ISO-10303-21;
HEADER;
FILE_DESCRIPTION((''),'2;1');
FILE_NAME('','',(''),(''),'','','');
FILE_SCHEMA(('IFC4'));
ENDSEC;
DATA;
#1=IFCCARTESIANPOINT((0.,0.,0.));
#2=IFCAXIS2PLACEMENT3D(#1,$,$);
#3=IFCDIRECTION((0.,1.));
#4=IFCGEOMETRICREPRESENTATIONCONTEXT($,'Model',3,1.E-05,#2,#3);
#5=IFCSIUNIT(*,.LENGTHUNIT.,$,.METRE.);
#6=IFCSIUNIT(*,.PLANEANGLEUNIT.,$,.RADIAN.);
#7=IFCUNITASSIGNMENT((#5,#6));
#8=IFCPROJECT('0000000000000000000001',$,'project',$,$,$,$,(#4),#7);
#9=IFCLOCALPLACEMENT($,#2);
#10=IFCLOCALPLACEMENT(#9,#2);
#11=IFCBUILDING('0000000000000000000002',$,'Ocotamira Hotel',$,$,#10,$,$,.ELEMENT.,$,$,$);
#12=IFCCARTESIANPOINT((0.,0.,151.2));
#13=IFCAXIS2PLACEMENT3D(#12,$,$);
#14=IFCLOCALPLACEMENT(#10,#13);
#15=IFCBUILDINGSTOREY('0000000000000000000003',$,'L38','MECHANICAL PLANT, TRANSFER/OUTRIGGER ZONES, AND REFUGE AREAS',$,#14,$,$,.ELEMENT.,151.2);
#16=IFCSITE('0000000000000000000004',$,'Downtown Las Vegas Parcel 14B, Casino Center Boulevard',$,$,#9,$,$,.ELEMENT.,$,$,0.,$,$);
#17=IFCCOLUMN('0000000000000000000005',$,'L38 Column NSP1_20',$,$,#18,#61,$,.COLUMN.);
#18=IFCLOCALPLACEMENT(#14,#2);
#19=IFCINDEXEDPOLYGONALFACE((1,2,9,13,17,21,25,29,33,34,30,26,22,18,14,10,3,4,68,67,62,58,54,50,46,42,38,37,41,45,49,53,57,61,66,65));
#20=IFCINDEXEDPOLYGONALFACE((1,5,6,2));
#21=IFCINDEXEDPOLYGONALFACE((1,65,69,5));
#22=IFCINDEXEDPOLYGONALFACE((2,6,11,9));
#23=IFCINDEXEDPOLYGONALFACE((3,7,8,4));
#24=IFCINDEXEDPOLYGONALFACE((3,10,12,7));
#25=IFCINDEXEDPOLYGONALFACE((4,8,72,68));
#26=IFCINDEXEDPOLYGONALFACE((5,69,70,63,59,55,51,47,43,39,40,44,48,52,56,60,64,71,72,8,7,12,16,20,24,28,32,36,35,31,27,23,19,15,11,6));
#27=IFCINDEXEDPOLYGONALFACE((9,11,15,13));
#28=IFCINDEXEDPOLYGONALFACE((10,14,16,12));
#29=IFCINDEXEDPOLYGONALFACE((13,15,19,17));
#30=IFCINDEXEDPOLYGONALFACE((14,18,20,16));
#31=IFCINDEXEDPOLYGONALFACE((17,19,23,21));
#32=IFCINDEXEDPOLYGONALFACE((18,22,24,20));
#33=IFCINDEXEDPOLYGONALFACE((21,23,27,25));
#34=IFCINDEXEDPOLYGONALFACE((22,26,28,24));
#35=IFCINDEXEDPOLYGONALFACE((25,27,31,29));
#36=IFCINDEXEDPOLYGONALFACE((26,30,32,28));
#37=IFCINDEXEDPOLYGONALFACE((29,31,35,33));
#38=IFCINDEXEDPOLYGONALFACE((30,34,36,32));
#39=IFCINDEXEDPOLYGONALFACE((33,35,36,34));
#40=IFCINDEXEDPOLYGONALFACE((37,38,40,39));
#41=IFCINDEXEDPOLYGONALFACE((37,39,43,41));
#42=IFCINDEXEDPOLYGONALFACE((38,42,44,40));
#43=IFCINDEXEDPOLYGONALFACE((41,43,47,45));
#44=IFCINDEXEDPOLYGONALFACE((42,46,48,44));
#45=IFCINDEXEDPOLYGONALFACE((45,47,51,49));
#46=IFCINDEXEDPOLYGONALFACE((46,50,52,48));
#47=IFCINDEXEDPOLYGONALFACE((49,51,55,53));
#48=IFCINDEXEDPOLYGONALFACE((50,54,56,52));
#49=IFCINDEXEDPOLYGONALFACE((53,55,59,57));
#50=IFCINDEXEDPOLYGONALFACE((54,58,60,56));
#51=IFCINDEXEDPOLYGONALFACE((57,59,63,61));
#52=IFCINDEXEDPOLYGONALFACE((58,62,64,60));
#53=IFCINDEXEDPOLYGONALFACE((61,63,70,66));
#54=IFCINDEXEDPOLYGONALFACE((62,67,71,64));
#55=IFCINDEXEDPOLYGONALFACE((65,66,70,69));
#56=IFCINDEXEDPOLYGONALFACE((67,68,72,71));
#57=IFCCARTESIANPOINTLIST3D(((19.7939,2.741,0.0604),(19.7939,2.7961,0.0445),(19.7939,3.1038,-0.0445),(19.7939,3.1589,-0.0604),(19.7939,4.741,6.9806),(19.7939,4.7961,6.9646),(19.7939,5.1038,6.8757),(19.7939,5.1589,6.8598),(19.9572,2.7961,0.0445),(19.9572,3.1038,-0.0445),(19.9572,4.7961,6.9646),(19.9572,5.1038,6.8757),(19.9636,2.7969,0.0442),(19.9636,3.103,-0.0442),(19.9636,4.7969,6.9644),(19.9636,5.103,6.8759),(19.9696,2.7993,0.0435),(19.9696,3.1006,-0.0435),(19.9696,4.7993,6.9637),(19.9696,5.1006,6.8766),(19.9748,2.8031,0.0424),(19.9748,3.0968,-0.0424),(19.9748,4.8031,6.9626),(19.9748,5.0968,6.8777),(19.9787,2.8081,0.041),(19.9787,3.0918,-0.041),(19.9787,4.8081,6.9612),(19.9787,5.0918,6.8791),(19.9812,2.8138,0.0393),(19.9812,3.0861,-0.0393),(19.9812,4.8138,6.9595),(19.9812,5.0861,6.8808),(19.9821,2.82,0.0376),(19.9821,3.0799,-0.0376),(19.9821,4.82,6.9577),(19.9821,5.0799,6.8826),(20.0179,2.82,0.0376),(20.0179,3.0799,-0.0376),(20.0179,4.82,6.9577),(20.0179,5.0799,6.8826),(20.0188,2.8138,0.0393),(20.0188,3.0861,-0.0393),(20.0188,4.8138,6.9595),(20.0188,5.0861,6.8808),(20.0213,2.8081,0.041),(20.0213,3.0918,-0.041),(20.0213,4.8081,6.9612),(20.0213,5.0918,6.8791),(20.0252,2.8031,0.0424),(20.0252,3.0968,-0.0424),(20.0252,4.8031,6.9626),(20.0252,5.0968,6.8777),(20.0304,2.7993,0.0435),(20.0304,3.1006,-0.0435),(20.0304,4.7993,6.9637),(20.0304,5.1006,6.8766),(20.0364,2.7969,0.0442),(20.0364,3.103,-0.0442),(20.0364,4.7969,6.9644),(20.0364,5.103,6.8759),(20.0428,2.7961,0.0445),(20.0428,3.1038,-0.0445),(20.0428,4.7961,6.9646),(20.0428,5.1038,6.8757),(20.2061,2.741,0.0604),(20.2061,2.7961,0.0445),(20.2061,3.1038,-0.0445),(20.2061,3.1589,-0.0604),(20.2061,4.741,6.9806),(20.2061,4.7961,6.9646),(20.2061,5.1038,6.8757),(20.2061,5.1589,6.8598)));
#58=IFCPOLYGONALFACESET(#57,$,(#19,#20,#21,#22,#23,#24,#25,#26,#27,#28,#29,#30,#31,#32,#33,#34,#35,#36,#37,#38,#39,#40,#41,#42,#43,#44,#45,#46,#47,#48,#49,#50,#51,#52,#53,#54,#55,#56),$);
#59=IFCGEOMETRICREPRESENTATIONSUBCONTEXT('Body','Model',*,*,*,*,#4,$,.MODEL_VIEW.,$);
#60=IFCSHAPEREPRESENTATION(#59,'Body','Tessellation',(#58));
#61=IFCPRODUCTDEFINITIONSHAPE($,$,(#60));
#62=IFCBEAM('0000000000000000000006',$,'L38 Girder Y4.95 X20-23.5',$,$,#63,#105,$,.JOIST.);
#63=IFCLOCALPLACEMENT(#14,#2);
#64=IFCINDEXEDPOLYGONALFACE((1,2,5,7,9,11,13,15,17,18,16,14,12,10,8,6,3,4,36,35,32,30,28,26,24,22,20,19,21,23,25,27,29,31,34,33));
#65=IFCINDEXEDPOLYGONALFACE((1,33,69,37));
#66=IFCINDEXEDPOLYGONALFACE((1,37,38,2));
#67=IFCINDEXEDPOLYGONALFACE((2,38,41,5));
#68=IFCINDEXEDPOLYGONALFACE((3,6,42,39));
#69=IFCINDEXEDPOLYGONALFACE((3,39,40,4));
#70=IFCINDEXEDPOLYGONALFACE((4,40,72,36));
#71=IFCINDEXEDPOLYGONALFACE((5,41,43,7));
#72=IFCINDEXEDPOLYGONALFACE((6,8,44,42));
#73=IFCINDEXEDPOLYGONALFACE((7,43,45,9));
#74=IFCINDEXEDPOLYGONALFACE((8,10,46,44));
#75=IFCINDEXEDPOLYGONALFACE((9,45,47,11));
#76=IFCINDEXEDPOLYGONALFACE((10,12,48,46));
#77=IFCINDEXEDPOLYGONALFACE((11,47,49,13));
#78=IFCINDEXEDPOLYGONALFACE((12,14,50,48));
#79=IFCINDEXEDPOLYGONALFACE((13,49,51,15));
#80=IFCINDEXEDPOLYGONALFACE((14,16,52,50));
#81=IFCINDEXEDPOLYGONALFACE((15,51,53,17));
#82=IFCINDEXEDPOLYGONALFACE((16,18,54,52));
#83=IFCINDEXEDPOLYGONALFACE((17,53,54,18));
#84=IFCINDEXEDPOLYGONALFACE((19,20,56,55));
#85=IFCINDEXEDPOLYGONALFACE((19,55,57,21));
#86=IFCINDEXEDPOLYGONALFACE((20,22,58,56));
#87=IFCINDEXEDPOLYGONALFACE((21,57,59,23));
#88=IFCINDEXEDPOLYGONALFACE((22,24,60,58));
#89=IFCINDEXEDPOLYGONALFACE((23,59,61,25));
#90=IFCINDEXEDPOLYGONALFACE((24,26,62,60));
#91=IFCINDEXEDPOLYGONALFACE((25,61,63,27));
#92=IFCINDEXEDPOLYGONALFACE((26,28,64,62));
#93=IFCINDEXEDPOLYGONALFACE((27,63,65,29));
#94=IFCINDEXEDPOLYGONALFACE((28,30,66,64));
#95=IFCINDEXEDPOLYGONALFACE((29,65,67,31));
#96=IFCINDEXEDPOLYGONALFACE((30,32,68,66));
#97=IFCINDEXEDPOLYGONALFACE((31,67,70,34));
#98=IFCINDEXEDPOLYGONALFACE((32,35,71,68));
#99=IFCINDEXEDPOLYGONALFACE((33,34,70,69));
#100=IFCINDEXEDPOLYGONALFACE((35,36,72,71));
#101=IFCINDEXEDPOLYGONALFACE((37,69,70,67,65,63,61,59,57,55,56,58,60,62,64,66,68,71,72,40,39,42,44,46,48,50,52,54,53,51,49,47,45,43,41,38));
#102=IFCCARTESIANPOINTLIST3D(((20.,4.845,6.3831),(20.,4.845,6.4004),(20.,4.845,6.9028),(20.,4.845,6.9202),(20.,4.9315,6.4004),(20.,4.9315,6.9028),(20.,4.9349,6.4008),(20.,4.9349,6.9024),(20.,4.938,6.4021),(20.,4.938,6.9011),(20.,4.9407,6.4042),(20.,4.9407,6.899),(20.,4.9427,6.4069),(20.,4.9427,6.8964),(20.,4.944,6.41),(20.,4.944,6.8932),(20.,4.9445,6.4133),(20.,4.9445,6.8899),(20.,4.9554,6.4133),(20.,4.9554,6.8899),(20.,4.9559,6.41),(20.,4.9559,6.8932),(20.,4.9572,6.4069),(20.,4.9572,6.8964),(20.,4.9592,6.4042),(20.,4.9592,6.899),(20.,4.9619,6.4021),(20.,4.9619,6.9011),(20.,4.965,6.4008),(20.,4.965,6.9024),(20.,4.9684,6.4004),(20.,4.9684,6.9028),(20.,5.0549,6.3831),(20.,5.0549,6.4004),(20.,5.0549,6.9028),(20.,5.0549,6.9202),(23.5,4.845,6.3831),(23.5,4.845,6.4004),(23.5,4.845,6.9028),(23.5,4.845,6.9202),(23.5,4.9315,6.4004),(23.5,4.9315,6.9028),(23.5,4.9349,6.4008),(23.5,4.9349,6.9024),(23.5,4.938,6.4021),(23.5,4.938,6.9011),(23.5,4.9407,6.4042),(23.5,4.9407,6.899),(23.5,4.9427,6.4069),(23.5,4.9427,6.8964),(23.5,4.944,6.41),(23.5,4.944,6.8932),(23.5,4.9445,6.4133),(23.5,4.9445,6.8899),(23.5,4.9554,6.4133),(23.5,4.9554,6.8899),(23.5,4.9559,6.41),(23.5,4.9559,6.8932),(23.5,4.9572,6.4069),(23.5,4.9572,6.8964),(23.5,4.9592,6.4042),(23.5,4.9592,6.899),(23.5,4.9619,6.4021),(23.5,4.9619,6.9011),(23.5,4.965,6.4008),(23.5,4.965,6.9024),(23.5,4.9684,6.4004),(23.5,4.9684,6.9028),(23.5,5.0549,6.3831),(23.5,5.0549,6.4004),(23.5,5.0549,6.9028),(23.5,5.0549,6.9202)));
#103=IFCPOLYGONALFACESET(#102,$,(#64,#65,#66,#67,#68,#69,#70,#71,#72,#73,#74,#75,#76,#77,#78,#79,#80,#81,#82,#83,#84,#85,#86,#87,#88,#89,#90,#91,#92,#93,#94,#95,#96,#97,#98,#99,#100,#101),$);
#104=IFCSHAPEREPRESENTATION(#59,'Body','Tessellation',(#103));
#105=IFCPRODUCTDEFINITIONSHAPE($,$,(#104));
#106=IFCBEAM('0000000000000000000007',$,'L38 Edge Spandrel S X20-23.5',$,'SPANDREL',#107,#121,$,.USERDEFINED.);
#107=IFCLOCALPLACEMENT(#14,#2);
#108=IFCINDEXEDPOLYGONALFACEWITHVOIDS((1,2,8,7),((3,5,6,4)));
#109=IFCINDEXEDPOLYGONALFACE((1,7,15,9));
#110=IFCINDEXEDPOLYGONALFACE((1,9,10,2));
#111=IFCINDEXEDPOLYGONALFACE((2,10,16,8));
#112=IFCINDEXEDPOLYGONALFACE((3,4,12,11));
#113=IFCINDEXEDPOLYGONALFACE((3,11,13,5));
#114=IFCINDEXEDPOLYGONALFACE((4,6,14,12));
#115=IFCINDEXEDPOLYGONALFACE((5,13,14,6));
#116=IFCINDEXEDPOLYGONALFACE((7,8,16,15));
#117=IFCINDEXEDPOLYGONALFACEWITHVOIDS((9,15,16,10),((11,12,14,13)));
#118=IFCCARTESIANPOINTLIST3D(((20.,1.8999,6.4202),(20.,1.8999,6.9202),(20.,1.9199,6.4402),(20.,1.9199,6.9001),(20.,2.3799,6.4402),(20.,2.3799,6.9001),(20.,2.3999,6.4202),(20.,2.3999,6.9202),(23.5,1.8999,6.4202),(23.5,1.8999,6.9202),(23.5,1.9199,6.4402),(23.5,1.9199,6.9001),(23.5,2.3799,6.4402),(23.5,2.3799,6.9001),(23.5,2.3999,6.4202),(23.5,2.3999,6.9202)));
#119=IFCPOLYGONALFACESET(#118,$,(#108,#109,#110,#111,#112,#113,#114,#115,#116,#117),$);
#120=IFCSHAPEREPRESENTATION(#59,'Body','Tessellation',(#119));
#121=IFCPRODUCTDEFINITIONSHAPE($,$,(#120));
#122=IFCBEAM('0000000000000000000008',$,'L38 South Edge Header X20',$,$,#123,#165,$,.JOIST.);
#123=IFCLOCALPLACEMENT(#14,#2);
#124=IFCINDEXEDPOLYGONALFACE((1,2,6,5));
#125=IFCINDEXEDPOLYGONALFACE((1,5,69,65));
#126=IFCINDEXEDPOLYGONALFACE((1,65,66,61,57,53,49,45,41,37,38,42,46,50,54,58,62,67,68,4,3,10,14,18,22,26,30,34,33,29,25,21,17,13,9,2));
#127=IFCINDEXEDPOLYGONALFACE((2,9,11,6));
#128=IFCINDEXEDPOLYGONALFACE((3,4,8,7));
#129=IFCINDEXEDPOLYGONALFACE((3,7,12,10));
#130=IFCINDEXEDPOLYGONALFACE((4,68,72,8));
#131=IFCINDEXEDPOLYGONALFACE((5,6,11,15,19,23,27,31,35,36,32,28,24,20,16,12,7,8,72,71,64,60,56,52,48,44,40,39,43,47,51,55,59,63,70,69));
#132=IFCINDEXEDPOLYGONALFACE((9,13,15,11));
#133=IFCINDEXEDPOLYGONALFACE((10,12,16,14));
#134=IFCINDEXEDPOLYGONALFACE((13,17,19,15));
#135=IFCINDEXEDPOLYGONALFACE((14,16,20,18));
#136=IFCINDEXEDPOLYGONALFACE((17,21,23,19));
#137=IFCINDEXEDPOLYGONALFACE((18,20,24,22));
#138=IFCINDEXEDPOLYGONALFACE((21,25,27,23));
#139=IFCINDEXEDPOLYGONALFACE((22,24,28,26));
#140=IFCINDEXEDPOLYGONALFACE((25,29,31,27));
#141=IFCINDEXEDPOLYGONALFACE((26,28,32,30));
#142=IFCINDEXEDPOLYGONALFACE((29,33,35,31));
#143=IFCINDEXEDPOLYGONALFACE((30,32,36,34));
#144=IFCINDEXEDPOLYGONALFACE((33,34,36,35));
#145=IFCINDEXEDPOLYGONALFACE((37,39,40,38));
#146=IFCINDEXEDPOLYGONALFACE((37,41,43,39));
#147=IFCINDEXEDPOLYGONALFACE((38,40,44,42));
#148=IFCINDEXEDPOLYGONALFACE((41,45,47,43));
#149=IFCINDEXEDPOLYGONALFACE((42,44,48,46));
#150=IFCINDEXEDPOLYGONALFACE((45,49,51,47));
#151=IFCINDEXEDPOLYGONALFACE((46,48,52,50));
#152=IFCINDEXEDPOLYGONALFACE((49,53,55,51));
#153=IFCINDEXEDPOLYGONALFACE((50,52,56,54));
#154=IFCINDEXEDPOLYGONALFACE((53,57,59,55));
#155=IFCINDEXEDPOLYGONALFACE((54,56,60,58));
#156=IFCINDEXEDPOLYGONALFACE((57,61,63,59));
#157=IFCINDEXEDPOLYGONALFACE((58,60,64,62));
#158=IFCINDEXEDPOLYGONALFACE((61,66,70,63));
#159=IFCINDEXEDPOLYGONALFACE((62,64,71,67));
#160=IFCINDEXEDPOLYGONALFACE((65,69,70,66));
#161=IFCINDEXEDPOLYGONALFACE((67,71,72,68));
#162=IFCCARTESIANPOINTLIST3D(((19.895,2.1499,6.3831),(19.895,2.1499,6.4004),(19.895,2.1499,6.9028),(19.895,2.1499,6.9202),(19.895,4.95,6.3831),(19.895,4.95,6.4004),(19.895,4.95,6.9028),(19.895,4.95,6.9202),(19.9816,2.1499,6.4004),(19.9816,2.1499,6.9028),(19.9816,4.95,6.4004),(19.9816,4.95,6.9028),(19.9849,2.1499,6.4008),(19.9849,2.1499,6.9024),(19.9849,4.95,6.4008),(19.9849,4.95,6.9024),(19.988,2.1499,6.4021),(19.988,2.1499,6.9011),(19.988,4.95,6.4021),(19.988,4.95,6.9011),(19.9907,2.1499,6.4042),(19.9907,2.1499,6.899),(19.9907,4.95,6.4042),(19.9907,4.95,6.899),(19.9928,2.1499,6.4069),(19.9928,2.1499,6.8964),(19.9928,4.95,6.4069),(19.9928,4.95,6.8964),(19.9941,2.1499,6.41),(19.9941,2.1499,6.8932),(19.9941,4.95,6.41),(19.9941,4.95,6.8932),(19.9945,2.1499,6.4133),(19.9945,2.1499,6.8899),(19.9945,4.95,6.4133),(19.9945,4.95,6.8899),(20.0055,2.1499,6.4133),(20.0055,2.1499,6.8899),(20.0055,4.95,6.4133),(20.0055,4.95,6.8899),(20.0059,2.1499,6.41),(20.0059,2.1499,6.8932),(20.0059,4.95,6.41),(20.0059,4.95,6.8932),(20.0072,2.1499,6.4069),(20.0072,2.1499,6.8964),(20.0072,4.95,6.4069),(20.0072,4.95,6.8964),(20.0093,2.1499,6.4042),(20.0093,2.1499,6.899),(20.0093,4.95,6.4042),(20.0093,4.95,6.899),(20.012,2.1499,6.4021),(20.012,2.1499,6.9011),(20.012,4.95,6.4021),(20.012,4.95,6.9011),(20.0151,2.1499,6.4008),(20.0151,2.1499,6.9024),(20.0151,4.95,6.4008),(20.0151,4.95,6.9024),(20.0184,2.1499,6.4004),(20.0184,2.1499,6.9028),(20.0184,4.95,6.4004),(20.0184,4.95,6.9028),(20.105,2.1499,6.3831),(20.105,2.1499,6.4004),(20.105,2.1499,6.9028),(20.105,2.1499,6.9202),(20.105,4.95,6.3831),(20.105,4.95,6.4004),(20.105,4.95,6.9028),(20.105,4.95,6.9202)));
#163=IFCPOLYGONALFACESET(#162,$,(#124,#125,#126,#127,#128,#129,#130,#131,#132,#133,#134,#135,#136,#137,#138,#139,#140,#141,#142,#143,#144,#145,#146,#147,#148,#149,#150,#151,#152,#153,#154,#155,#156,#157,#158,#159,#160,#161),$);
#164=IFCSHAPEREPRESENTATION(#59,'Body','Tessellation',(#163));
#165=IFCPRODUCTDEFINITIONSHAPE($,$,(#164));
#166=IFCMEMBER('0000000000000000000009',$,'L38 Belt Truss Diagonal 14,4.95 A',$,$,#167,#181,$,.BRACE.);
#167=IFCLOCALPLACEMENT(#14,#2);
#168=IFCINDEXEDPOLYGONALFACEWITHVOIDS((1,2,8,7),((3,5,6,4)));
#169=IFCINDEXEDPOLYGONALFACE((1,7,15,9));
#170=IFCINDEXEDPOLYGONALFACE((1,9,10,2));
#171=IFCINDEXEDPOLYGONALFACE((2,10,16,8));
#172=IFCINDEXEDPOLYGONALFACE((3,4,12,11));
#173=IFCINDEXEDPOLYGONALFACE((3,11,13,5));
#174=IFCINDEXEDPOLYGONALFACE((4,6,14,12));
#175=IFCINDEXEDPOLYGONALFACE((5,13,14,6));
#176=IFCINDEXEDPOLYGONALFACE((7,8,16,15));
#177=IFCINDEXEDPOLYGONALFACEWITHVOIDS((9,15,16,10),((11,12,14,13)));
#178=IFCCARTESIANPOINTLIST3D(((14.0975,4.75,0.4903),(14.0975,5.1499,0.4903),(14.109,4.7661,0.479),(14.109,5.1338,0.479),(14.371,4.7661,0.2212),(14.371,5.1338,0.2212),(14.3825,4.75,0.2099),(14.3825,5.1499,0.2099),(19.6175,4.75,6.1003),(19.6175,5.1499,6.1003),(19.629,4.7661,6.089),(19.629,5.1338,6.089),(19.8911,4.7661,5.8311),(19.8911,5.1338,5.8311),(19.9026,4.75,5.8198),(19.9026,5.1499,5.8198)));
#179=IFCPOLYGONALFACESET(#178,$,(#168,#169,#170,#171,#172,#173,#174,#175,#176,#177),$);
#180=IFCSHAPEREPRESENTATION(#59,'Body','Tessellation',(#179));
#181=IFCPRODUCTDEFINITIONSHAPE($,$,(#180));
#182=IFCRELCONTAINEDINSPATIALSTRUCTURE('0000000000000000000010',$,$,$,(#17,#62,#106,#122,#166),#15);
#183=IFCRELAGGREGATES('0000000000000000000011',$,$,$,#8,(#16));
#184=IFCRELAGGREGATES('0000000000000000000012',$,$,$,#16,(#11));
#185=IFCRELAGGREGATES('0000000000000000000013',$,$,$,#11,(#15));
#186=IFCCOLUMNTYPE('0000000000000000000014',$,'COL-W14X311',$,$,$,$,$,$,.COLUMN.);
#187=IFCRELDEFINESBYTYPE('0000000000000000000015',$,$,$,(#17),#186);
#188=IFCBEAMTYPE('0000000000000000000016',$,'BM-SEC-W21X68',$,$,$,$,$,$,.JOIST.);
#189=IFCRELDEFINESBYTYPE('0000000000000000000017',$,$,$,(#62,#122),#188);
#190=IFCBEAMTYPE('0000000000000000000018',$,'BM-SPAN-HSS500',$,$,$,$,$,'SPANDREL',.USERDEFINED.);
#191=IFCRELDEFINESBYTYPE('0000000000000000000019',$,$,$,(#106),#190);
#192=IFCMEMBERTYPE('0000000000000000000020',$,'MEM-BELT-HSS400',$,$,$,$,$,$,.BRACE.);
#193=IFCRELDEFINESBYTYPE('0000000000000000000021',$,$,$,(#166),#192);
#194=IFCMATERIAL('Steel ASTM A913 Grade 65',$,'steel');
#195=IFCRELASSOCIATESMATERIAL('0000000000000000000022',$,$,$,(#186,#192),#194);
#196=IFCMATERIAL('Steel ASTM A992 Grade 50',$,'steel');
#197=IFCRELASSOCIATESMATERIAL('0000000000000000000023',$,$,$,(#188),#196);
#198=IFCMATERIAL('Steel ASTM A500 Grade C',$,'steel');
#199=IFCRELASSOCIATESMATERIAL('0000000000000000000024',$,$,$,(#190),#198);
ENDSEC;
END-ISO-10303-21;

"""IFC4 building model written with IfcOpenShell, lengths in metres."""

from ifc_helpers import new_model, si_unit, direction, frame, origin, origin_2d, place, context, subcontext, project, spatial, hollow_rectangle, i_section, extrude, source, transform, mapped, material, material_profile, profile_set, type_object, element, save


model = new_model("IFC4")

# Units and contexts
model_context = context("Model", 3, precision=1e-05, world=origin(), true_north=direction((0.0, 1.0)))
body_context = subcontext(model_context, "Body", "Model", "MODEL_VIEW")
ifc_project = project(units=[si_unit("LENGTHUNIT", "METRE"), si_unit("PLANEANGLEUNIT", "RADIAN")], contexts=[model_context])

# Site, building, storey
site_placement = place(None, origin())
site = spatial("IfcSite", under=ifc_project, at=site_placement, Name="Downtown Las Vegas Parcel 14B, Casino Center Boulevard", CompositionType="ELEMENT", RefElevation=0.0)
building_placement = place(site_placement, origin())
building = spatial("IfcBuilding", under=site, at=building_placement, Name="Ocotamira Hotel", CompositionType="ELEMENT")
storey_placement = place(building_placement, frame((0.0, 0.0, 151.2)))
storey = spatial("IfcBuildingStorey", under=building, at=storey_placement, Name="L38", Description="MECHANICAL PLANT, TRANSFER/OUTRIGGER ZONES, AND REFUGE AREAS", CompositionType="ELEMENT", Elevation=151.2)

# Column
ifc_material_1 = material(Name="Steel ASTM A913 Grade 65", Category="steel")
ifc_material_profile_1 = material_profile(ifc_material_1, i_section(OverallWidth=0.4121, OverallDepth=0.4351, WebThickness=0.0359, FlangeThickness=0.0574, FilletRadius=0.0249, at=origin_2d()), Name="W14X311")
ifc_profile_set_1 = profile_set([ifc_material_profile_1], Name="Steel ASTM A913 Grade 65")
column_type = type_object("IfcColumnType", Name="COL-W14X311", PredefinedType="COLUMN", material=ifc_profile_set_1)
shared_shape_1 = source(origin(), body_context, "Body", "SweptSolid", [
    extrude(i_section(OverallWidth=0.4121, OverallDepth=0.4351, WebThickness=0.0359, FlangeThickness=0.0574, FilletRadius=0.0249, at=origin_2d()), origin(), (0.0, 0.0, 1.0), 7.2034),
])
column_placement = place(storey_placement, frame((20.0, 2.95, 0.0), z_axis=(0.0, 0.277647, 0.960683), x_axis=(-1.0, 0.0, 0.0)))
element("IfcColumn", 1, at=column_placement, inside=storey, type_object=column_type, Name="L38 Column NSP1_20", PredefinedType="COLUMN", context=body_context, shape_type="MappedRepresentation", body=[
    mapped(shared_shape_1, transform((0.0, 0.0, 0.0), scale=1.0)),
])

# Beams
ifc_material_2 = material(Name="Steel ASTM A992 Grade 50", Category="steel")
ifc_material_profile_2 = material_profile(ifc_material_2, i_section(OverallWidth=0.21, OverallDepth=0.5371, WebThickness=0.011, FlangeThickness=0.0173, FilletRadius=0.0129, at=origin_2d()), Name="W21X68")
ifc_profile_set_2 = profile_set([ifc_material_profile_2], Name="Steel ASTM A992 Grade 50")
beam_type_1 = type_object("IfcBeamType", Name="BM-SEC-W21X68", PredefinedType="JOIST", material=ifc_profile_set_2)
shared_shape_2 = source(origin(), body_context, "Body", "SweptSolid", [
    extrude(i_section(OverallWidth=0.21, OverallDepth=0.5371, WebThickness=0.011, FlangeThickness=0.0173, FilletRadius=0.0129, at=origin_2d()), origin(), (0.0, 0.0, 1.0), 3.5),
])
beam_1_placement = place(storey_placement, frame((20.0, 4.95, 6.6516), z_axis=(1.0, 0.0, 0.0), x_axis=(0.0, 1.0, 0.0)))
element("IfcBeam", 2, at=beam_1_placement, inside=storey, type_object=beam_type_1, Name="L38 Girder Y4.95 X20-23.5", PredefinedType="JOIST", context=body_context, shape_type="MappedRepresentation", body=[
    mapped(shared_shape_2, transform((0.0, 0.0, 0.0), scale=1.0)),
])
ifc_material_3 = material(Name="Steel ASTM A500 Grade C", Category="steel")
ifc_material_profile_3 = material_profile(ifc_material_3, hollow_rectangle(XDim=0.5, YDim=0.5, WallThickness=0.02, at=origin_2d()), Name="HSS500X500X20")
ifc_profile_set_3 = profile_set([ifc_material_profile_3], Name="Steel ASTM A500 Grade C")
beam_type_2 = type_object("IfcBeamType", Name="BM-SPAN-HSS500", ElementType="SPANDREL", PredefinedType="USERDEFINED", material=ifc_profile_set_3)
shared_shape_3 = source(origin(), body_context, "Body", "SweptSolid", [
    extrude(hollow_rectangle(XDim=0.5, YDim=0.5, WallThickness=0.02, at=origin_2d()), origin(), (0.0, 0.0, 1.0), 3.5),
])
beam_2_placement = place(storey_placement, frame((20.0, 2.1499, 6.6702), z_axis=(1.0, 0.0, 0.0), x_axis=(0.0, 1.0, 0.0)))
element("IfcBeam", 3, at=beam_2_placement, inside=storey, type_object=beam_type_2, Name="L38 Edge Spandrel S X20-23.5", ObjectType="SPANDREL", PredefinedType="USERDEFINED", context=body_context, shape_type="MappedRepresentation", body=[
    mapped(shared_shape_3, transform((0.0, 0.0, 0.0), scale=1.0)),
])
shared_shape_4 = source(origin(), body_context, "Body", "SweptSolid", [
    extrude(i_section(OverallWidth=0.21, OverallDepth=0.5371, WebThickness=0.011, FlangeThickness=0.0173, FilletRadius=0.0129, at=origin_2d()), origin(), (0.0, 0.0, 1.0), 2.8),
])
beam_3_placement = place(storey_placement, frame((20.0, 4.95, 6.6516), z_axis=(0.0, -1.0, 0.0), x_axis=(1.0, 0.0, 0.0)))
element("IfcBeam", 4, at=beam_3_placement, inside=storey, type_object=beam_type_1, Name="L38 South Edge Header X20", PredefinedType="JOIST", context=body_context, shape_type="MappedRepresentation", body=[
    mapped(shared_shape_4, transform((0.0, 0.0, 0.0), scale=1.0)),
])

# Member
ifc_material_profile_4 = material_profile(ifc_material_1, hollow_rectangle(XDim=0.3999, YDim=0.3999, WallThickness=0.0161, at=origin_2d()), Name="HSS400X400X16")
ifc_profile_set_4 = profile_set([ifc_material_profile_4], Name="Steel ASTM A913 Grade 65")
member_type_1 = type_object("IfcMemberType", Name="MEM-BELT-HSS400", PredefinedType="BRACE", material=ifc_profile_set_4)
shared_shape_5 = source(origin(), body_context, "Body", "SweptSolid", [
    extrude(hollow_rectangle(XDim=0.3999, YDim=0.3999, WallThickness=0.0161, at=origin_2d()), origin(), (0.0, 0.0, 1.0), 7.8704),
])
member_1_placement = place(storey_placement, frame((14.24, 4.95, 0.3501), z_axis=(0.701376, 0.0, 0.712792), x_axis=(0.0, 1.0, 0.0)))
element("IfcMember", 5, at=member_1_placement, inside=storey, type_object=member_type_1, Name="L38 Belt Truss Diagonal 14,4.95 A", PredefinedType="BRACE", context=body_context, shape_type="MappedRepresentation", body=[
    mapped(shared_shape_5, transform((0.0, 0.0, 0.0), scale=1.0)),
])

save(model, "model.ifc")
